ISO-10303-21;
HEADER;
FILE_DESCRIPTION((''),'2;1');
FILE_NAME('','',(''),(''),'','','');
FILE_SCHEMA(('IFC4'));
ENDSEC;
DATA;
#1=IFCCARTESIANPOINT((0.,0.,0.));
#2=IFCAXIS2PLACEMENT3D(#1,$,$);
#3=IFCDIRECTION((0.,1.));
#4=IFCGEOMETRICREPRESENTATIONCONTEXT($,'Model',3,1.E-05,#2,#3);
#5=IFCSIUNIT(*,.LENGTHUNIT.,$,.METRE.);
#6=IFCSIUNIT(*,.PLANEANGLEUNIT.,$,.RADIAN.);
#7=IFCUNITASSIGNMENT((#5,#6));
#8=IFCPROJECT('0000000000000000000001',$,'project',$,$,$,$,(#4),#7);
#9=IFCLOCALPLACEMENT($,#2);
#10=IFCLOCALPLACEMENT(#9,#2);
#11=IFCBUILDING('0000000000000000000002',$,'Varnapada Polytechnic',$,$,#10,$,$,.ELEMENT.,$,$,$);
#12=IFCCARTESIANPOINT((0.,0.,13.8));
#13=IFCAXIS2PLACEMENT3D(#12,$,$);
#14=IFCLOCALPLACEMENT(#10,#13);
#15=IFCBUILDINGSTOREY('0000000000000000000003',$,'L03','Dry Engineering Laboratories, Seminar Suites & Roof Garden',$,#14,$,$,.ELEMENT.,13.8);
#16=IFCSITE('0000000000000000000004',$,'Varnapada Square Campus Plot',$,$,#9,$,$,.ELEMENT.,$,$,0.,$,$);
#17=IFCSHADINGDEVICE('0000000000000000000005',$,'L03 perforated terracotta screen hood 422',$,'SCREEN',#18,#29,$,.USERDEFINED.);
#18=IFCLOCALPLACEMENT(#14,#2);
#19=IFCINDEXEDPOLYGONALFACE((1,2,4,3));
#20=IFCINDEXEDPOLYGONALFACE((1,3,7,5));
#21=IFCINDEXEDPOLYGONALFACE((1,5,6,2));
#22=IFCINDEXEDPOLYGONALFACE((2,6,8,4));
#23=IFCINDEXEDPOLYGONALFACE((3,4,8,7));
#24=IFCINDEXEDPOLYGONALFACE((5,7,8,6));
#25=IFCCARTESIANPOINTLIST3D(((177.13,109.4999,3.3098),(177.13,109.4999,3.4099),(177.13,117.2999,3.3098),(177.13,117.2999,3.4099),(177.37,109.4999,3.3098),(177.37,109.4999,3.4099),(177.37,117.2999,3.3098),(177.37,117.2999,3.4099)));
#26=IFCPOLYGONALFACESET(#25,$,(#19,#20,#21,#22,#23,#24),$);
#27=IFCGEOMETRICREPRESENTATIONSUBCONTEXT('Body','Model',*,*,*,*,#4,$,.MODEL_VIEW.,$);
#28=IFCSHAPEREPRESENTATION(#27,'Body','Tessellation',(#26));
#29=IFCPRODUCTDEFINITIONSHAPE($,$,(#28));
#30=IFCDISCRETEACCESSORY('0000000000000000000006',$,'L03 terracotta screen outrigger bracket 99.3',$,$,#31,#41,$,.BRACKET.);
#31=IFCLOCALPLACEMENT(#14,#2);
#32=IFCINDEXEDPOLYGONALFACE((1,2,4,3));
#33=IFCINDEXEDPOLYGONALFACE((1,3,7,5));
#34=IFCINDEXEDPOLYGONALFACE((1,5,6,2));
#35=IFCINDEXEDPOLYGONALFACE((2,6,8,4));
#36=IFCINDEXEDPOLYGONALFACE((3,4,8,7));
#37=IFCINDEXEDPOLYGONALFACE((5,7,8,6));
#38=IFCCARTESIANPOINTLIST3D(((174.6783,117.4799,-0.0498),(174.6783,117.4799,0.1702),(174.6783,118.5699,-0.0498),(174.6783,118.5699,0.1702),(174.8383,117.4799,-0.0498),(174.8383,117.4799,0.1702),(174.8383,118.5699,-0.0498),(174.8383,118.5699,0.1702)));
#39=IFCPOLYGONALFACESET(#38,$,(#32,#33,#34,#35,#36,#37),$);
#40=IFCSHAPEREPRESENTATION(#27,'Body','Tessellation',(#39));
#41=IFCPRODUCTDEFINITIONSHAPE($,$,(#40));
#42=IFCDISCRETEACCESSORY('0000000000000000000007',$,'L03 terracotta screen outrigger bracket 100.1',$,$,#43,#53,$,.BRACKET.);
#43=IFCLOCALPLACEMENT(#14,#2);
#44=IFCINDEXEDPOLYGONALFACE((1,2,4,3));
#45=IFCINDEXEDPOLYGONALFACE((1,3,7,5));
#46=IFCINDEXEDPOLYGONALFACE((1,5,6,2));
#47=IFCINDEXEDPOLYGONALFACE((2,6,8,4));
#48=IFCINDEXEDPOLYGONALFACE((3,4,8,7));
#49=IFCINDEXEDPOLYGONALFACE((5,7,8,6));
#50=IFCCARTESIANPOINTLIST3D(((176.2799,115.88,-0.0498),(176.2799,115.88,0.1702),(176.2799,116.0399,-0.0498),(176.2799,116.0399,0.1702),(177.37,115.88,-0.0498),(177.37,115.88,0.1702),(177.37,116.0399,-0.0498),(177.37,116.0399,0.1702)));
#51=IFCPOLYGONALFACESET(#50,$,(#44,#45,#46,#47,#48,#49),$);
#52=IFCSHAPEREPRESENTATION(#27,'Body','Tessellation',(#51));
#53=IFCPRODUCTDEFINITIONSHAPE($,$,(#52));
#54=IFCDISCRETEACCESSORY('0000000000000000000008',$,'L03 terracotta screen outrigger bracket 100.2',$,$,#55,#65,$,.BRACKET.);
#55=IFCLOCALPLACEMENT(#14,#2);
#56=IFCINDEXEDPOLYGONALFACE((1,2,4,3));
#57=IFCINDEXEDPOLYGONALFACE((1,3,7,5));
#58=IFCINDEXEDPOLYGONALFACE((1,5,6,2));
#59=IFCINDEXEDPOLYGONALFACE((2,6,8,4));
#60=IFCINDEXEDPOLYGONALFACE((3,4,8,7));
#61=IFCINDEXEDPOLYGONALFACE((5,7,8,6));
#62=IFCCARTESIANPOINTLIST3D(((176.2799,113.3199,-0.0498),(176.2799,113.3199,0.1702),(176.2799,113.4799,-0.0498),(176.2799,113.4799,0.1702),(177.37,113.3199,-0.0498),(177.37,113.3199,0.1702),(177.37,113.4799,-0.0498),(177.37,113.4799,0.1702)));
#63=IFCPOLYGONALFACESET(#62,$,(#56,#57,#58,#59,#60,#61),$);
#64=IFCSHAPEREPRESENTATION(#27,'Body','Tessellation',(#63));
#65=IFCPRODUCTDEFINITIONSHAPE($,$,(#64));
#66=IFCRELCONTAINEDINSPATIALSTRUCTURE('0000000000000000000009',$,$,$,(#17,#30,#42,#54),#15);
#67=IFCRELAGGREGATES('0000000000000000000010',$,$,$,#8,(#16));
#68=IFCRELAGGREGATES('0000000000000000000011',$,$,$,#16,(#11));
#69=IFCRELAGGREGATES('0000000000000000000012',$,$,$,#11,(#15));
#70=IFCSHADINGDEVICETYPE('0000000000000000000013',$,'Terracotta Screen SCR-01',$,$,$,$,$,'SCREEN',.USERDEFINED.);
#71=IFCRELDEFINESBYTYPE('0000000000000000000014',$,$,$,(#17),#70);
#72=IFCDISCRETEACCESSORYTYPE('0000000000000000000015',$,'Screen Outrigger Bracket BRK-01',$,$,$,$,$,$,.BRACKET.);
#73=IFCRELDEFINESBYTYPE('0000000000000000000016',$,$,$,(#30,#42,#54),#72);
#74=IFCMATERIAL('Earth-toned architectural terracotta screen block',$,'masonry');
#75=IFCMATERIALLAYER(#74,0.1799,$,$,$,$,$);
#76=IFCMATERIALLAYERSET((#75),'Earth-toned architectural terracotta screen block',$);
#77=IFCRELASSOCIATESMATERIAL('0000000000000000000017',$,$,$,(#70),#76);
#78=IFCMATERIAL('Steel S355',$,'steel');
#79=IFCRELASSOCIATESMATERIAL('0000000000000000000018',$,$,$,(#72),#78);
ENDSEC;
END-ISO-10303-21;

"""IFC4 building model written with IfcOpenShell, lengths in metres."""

from ifc_helpers import new_model, si_unit, direction, frame, origin, origin_2d, place, context, subcontext, project, spatial, rectangle, extrude, material, layer, layer_set, type_object, element, save


model = new_model("IFC4")

# Units and contexts
model_context = context("Model", 3, precision=1e-05, world=origin(), true_north=direction((0.0, 1.0)))
body_context = subcontext(model_context, "Body", "Model", "MODEL_VIEW")
ifc_project = project(units=[si_unit("LENGTHUNIT", "METRE"), si_unit("PLANEANGLEUNIT", "RADIAN")], contexts=[model_context])

# Site, building, storey
site_placement = place(None, origin())
site = spatial("IfcSite", under=ifc_project, at=site_placement, Name="Varnapada Square Campus Plot", CompositionType="ELEMENT", RefElevation=0.0)
building_placement = place(site_placement, origin())
building = spatial("IfcBuilding", under=site, at=building_placement, Name="Varnapada Polytechnic", CompositionType="ELEMENT")
storey_placement = place(building_placement, frame((0.0, 0.0, 13.8)))
storey = spatial("IfcBuildingStorey", under=building, at=storey_placement, Name="L03", Description="Dry Engineering Laboratories, Seminar Suites & Roof Garden", CompositionType="ELEMENT", Elevation=13.8)

# Shared definitions
ifc_material_1 = material(Name="Earth-toned architectural terracotta screen block", Category="masonry")

# Shading device
ifc_layer_1 = layer(ifc_material_1, 0.1799)
ifc_layer_set_1 = layer_set([ifc_layer_1], Name="Earth-toned architectural terracotta screen block")
shading_device_type = type_object("IfcShadingDeviceType", Name="Terracotta Screen SCR-01", ElementType="SCREEN", PredefinedType="USERDEFINED", material=ifc_layer_set_1)
shading_device_1_placement = place(storey_placement, frame((177.25, 113.3999, 3.3098), z_axis=(0.0, 0.0, 1.0), x_axis=(0.0, -1.0, 0.0)))
element("IfcShadingDevice", 1, at=shading_device_1_placement, inside=storey, type_object=shading_device_type, Name="L03 perforated terracotta screen hood 422", ObjectType="SCREEN", PredefinedType="USERDEFINED", context=body_context, shape_type="SweptSolid", body=[
    extrude(rectangle(XDim=7.8, YDim=0.24, at=origin_2d()), origin(), (0.0, 0.0, 1.0), 0.1001),
])

# Discrete accessories
ifc_material_2 = material(Name="Steel S355", Category="steel")
discrete_accessory_type = type_object("IfcDiscreteAccessoryType", Name="Screen Outrigger Bracket BRK-01", PredefinedType="BRACKET", material=ifc_material_2)
for number, where, z_axis, x_axis, name in (
    (2, (174.7583, 118.0249, -0.0498), (0.0, 0.0, 1.0), (1.0, 0.0, 0.0), "L03 terracotta screen outrigger bracket 99.3"),
    (3, (176.825, 115.96, -0.0498), (0.0, 0.0, 1.0), (0.0, -1.0, 0.0), "L03 terracotta screen outrigger bracket 100.1"),
    (4, (176.825, 113.3999, -0.0498), (0.0, 0.0, 1.0), (0.0, -1.0, 0.0), "L03 terracotta screen outrigger bracket 100.2"),
):
    element("IfcDiscreteAccessory", number, at=place(storey_placement, frame(where, z_axis=z_axis, x_axis=x_axis)), inside=storey, type_object=discrete_accessory_type, Name=name, PredefinedType="BRACKET", context=body_context, shape_type="SweptSolid", body=[
        extrude(rectangle(XDim=0.1599, YDim=1.0901, at=origin_2d()), origin(), (0.0, 0.0, 1.0), 0.22),
    ])

save(model, "model.ifc")
